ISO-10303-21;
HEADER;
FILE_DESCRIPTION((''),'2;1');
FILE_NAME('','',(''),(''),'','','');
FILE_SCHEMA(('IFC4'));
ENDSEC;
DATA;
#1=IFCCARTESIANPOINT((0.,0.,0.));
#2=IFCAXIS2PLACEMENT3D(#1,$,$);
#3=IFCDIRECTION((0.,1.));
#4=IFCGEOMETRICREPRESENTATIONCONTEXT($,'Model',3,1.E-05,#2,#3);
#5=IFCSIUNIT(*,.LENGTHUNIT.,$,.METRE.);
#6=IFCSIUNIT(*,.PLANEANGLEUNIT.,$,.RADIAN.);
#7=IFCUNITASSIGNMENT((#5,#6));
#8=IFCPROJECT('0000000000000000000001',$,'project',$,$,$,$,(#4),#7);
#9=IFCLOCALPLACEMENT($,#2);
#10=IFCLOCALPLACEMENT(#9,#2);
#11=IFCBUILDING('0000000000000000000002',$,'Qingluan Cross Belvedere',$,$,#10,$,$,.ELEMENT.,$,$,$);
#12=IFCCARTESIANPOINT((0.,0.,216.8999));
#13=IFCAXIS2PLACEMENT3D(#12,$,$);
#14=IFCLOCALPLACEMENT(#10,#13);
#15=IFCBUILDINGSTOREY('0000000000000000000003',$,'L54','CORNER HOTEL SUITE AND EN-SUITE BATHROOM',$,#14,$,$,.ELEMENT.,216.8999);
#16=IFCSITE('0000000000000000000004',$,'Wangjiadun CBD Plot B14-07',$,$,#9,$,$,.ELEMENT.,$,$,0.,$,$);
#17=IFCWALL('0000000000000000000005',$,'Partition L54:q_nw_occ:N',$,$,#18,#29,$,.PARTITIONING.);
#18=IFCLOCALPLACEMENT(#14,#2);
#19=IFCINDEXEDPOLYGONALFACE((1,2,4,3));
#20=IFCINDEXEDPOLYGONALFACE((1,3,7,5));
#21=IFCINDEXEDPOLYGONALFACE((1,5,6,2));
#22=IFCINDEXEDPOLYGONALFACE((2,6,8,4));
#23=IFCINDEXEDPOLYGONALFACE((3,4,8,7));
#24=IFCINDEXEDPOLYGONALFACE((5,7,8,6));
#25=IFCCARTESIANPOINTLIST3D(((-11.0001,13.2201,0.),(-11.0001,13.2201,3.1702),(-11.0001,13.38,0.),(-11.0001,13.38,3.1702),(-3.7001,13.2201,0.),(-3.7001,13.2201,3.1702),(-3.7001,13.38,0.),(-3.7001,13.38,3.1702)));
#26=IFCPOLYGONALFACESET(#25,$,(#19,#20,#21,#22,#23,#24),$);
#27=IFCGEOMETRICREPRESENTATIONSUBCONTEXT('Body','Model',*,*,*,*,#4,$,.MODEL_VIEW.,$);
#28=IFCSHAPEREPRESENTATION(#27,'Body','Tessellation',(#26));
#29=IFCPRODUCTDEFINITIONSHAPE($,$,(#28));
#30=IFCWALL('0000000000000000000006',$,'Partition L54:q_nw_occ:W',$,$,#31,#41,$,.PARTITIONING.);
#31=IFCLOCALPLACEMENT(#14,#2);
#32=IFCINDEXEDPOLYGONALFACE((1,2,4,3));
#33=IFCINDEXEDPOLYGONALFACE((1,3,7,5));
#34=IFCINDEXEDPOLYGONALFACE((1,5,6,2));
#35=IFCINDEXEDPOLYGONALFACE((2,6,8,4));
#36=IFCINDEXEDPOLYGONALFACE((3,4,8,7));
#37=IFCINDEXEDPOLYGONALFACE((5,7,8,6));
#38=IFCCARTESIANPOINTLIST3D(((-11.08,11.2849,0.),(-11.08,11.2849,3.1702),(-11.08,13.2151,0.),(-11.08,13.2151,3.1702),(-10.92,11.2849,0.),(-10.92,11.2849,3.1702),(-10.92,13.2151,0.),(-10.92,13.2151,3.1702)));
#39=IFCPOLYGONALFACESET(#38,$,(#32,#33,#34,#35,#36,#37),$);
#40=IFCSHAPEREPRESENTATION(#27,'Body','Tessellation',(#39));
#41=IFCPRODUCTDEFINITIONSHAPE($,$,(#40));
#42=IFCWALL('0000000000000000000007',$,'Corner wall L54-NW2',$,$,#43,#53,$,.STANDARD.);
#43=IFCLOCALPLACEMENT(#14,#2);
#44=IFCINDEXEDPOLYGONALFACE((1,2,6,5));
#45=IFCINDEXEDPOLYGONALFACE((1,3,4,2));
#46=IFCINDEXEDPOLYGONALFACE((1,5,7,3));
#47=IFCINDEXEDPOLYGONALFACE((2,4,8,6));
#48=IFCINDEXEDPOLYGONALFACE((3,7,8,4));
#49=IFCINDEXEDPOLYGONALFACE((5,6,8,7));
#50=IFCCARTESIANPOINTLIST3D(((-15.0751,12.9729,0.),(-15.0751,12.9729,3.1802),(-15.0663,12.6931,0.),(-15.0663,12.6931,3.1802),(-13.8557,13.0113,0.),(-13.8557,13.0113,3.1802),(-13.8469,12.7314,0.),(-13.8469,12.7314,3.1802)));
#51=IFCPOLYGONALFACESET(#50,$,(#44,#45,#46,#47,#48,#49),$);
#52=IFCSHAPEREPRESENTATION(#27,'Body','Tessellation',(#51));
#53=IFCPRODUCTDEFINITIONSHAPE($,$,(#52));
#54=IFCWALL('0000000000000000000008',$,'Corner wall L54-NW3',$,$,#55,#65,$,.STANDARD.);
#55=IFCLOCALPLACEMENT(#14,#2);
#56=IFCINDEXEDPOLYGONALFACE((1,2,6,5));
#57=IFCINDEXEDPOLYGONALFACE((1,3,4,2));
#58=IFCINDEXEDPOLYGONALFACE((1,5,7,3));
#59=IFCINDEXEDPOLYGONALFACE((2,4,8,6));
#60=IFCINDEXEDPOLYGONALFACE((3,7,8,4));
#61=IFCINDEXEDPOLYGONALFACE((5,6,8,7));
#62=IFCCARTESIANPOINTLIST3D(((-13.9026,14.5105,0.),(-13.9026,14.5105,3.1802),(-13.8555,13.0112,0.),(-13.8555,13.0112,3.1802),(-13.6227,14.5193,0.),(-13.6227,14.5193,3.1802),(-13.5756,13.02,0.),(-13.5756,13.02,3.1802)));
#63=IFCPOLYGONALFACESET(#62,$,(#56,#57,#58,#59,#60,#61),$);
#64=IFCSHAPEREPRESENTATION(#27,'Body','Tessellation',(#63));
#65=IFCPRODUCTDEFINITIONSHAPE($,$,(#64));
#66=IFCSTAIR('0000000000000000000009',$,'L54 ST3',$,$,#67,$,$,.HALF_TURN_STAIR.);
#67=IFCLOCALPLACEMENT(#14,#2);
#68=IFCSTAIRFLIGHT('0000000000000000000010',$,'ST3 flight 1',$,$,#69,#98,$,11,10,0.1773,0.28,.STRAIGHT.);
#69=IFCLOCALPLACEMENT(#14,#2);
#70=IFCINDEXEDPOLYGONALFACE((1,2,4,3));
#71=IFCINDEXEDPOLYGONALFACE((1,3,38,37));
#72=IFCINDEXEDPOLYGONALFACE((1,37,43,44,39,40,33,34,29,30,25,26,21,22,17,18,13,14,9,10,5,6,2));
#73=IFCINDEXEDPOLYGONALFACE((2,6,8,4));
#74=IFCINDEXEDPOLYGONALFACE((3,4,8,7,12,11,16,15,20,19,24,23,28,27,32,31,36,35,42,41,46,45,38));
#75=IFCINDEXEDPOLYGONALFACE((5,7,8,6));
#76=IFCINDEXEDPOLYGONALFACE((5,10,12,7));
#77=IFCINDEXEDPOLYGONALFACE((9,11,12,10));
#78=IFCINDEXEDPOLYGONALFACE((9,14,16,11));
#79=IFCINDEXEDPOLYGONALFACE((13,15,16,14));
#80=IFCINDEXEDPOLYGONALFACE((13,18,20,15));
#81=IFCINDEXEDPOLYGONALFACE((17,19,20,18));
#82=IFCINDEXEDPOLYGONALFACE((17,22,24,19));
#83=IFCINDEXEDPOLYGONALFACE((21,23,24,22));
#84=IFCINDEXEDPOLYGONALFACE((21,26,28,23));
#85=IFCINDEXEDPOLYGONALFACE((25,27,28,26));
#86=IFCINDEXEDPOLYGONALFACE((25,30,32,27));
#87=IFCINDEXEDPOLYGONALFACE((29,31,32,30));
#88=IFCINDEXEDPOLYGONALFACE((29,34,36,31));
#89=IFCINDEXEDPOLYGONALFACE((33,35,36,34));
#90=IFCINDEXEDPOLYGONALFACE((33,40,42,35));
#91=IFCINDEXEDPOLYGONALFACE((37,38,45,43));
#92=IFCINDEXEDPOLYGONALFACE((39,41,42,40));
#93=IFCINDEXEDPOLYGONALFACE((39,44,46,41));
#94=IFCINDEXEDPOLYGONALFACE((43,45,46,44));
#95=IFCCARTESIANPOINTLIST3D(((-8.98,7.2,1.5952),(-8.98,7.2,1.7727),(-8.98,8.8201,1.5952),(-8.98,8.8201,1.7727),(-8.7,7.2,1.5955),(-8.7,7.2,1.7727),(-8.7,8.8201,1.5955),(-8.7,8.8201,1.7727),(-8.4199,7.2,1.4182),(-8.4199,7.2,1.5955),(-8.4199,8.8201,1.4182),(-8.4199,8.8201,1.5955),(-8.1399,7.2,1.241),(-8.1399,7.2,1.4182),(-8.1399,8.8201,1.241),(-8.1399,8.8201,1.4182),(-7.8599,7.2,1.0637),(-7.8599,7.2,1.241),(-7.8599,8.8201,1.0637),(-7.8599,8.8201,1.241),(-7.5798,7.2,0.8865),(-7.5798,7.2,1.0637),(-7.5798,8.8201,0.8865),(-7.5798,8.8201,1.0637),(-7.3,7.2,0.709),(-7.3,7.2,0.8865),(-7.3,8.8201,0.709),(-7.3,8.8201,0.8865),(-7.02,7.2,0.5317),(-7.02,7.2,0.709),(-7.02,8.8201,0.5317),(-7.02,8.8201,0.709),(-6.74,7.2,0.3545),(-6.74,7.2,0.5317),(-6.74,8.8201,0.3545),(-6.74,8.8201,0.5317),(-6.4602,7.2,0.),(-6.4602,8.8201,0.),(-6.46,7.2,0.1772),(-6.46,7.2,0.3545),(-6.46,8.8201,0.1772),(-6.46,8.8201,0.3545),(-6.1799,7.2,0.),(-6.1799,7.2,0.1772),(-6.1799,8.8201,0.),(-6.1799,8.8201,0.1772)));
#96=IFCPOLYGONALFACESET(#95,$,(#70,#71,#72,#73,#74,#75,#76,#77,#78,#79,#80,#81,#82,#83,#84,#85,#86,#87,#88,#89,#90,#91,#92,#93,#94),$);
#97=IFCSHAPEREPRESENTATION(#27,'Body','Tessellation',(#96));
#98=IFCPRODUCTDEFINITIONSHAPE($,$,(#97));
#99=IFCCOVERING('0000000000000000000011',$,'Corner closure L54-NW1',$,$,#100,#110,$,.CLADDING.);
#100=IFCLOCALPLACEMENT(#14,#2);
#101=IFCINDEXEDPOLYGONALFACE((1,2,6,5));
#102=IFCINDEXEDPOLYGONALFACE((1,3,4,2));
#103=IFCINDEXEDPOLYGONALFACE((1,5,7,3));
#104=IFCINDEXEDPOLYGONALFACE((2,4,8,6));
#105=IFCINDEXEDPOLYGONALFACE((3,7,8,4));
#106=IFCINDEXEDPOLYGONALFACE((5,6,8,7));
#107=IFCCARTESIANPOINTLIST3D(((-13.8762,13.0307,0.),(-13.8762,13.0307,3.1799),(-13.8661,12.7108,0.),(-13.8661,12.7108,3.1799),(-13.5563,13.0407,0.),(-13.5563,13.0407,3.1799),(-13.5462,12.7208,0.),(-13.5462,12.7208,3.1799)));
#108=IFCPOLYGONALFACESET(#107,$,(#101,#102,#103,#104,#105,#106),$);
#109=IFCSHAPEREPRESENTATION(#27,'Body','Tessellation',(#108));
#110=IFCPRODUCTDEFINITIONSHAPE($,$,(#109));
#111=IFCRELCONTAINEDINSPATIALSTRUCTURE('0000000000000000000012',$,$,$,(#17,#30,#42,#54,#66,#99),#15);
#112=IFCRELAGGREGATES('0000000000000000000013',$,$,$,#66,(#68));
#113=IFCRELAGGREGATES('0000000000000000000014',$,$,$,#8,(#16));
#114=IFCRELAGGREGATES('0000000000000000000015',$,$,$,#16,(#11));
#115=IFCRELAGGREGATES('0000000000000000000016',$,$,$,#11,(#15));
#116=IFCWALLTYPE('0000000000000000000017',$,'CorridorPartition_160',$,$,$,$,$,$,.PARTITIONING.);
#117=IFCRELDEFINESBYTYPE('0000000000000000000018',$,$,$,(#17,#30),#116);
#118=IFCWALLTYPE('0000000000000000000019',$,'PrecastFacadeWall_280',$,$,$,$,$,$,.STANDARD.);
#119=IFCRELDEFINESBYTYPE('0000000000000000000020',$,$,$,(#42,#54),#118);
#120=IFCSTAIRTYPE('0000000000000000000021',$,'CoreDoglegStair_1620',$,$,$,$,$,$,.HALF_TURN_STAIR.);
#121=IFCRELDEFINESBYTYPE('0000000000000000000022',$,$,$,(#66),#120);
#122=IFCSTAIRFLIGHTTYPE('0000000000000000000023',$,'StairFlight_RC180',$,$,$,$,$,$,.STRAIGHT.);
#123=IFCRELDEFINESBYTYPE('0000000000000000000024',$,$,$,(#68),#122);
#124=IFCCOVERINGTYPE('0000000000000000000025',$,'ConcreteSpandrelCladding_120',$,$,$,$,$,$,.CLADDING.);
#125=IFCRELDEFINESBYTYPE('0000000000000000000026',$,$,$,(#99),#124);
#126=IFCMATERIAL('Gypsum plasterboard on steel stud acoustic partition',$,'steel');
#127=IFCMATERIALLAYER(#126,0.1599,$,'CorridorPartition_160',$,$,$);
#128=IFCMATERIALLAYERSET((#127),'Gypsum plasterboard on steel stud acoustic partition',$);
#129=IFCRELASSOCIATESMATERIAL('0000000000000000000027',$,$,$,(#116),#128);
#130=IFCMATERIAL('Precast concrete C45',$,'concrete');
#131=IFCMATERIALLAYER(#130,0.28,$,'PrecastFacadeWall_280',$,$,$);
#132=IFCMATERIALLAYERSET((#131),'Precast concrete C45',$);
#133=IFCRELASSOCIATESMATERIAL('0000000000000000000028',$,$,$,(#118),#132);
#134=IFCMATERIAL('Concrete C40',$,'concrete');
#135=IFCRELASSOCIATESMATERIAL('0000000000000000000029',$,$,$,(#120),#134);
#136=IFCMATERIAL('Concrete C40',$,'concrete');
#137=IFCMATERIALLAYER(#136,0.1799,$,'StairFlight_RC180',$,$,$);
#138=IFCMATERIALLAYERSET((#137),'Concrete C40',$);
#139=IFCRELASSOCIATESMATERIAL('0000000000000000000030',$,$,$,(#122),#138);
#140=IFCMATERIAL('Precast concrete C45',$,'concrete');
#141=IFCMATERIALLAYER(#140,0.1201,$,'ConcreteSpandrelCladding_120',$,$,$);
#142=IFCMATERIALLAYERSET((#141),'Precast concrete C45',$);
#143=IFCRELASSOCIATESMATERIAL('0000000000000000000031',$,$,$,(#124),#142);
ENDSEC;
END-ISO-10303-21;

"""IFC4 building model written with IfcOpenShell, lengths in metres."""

from ifc_helpers import new_model, si_unit, direction, frame, frame_2d, origin, origin_2d, place, context, subcontext, project, spatial, polyline, rectangle, outline, extrude, material, layer, layer_set, type_object, element, aggregate, save


model = new_model("IFC4")

# Units and contexts
model_context = context("Model", 3, precision=1e-05, world=origin(), true_north=direction((0.0, 1.0)))
body_context = subcontext(model_context, "Body", "Model", "MODEL_VIEW")
ifc_project = project(units=[si_unit("LENGTHUNIT", "METRE"), si_unit("PLANEANGLEUNIT", "RADIAN")], contexts=[model_context])

# Site, building, storey
site_placement = place(None, origin())
site = spatial("IfcSite", under=ifc_project, at=site_placement, Name="Wangjiadun CBD Plot B14-07", CompositionType="ELEMENT", RefElevation=0.0)
building_placement = place(site_placement, origin())
building = spatial("IfcBuilding", under=site, at=building_placement, Name="Qingluan Cross Belvedere", CompositionType="ELEMENT")
storey_placement = place(building_placement, frame((0.0, 0.0, 216.8999)))
storey = spatial("IfcBuildingStorey", under=building, at=storey_placement, Name="L54", Description="CORNER HOTEL SUITE AND EN-SUITE BATHROOM", CompositionType="ELEMENT", Elevation=216.8999)

# Shared definitions
ifc_material_1 = material(Name="Gypsum plasterboard on steel stud acoustic partition", Category="steel")
ifc_layer_1 = layer(ifc_material_1, 0.1599, Name="CorridorPartition_160")
ifc_layer_set_1 = layer_set([ifc_layer_1], Name="Gypsum plasterboard on steel stud acoustic partition")
wall_type_1 = type_object("IfcWallType", Name="CorridorPartition_160", PredefinedType="PARTITIONING", material=ifc_layer_set_1)

# Walls
wall_1_placement = place(storey_placement, frame((-11.0, 13.3, 0.0), z_axis=(0.0, 0.0, 1.0), x_axis=(1.0, 0.0, 0.0)))
element("IfcWall", 1, at=wall_1_placement, inside=storey, type_object=wall_type_1, Name="Partition L54:q_nw_occ:N", PredefinedType="PARTITIONING", context=body_context, shape_type="SweptSolid", body=[
    extrude(rectangle(XDim=7.3, YDim=0.1599, at=frame_2d((3.6499, 0.0))), origin(), (0.0, 0.0, 1.0), 3.1702),
])
wall_2_placement = place(storey_placement, frame((-11.0, 11.2849, 0.0), z_axis=(0.0, 0.0, 1.0), x_axis=(0.0, 1.0, 0.0)))
element("IfcWall", 2, at=wall_2_placement, inside=storey, type_object=wall_type_1, Name="Partition L54:q_nw_occ:W", PredefinedType="PARTITIONING", context=body_context, shape_type="SweptSolid", body=[
    extrude(rectangle(XDim=1.9302, YDim=0.1599, at=frame_2d((0.9651, 0.0))), origin(), (0.0, 0.0, 1.0), 3.1702),
])
ifc_material_2 = material(Name="Precast concrete C45", Category="concrete")
ifc_layer_2 = layer(ifc_material_2, 0.28, Name="PrecastFacadeWall_280")
ifc_layer_set_2 = layer_set([ifc_layer_2], Name="Precast concrete C45")
wall_type_2 = type_object("IfcWallType", Name="PrecastFacadeWall_280", PredefinedType="STANDARD", material=ifc_layer_set_2)
wall_3_placement = place(storey_placement, frame((-15.0706, 12.833, 0.0), z_axis=(0.0, 0.0, 1.0), x_axis=(0.999506, 0.031416, 0.0)))
element("IfcWall", 3, at=wall_3_placement, inside=storey, type_object=wall_type_2, Name="Corner wall L54-NW2", PredefinedType="STANDARD", context=body_context, shape_type="SweptSolid", body=[
    extrude(rectangle(XDim=1.22, YDim=0.28, at=frame_2d((0.6099, 0.0))), origin(), (0.0, 0.0, 1.0), 3.1802),
])
wall_4_placement = place(storey_placement, frame((-13.7156, 13.0156, 0.0), z_axis=(0.0, 0.0, 1.0), x_axis=(-0.031413, 0.999507, 0.0)))
element("IfcWall", 4, at=wall_4_placement, inside=storey, type_object=wall_type_2, Name="Corner wall L54-NW3", PredefinedType="STANDARD", context=body_context, shape_type="SweptSolid", body=[
    extrude(rectangle(XDim=1.5, YDim=0.28, at=frame_2d((0.75, 0.0))), origin(), (0.0, 0.0, 1.0), 3.1802),
])

# Stair, stair flight
ifc_material_3 = material(Name="Concrete C40", Category="concrete")
stair_type = type_object("IfcStairType", Name="CoreDoglegStair_1620", PredefinedType="HALF_TURN_STAIR", material=ifc_material_3)
stair_placement = place(storey_placement, origin())
stair = element("IfcStair", 5, at=stair_placement, inside=storey, type_object=stair_type, Name="L54 ST3", PredefinedType="HALF_TURN_STAIR")
ifc_material_4 = material(Name="Concrete C40", Category="concrete")
ifc_layer_3 = layer(ifc_material_4, 0.1799, Name="StairFlight_RC180")
ifc_layer_set_3 = layer_set([ifc_layer_3], Name="Concrete C40")
stair_flight_type = type_object("IfcStairFlightType", Name="StairFlight_RC180", PredefinedType="STRAIGHT", material=ifc_layer_set_3)
stair_flight_placement = place(storey_placement, frame((-6.1799, 8.01, 0.0), z_axis=(0.0, 0.0, 1.0), x_axis=(-1.0, 0.0, 0.0)))
stair_flight = element("IfcStairFlight", 6, at=stair_flight_placement, type_object=stair_flight_type, Name="ST3 flight 1", NumberOfRisers=11, NumberOfTreads=10, PredefinedType="STRAIGHT", RiserHeight=0.1773, TreadLength=0.28, context=body_context, shape_type="SweptSolid", body=[
    extrude(outline(polyline([(0.0, 0.0), (0.0, 0.1772), (0.28, 0.1772), (0.28, 0.3545), (0.5601, 0.3545), (0.5601, 0.5317), (0.8401, 0.5317), (0.8401, 0.709), (1.1201, 0.709), (1.1201, 0.8865), (1.3999, 0.8865), (1.3999, 1.0637), (1.6799, 1.0637), (1.6799, 1.241), (1.96, 1.241), (1.96, 1.4182), (2.24, 1.4182), (2.24, 1.5955), (2.52, 1.5955), (2.52, 1.7727), (2.8, 1.7727), (2.8, 1.95), (2.8, 1.5952), (0.2803, 0.0), (0.0, 0.0)])), frame((0.0, 0.8101, 0.0), z_axis=(0.0, -1.0, 0.0), x_axis=(1.0, 0.0, 0.0)), (0.0, 0.0, 1.0), 1.6201),
])
aggregate(stair, [stair_flight])

# Covering
ifc_material_5 = material(Name="Precast concrete C45", Category="concrete")
ifc_layer_4 = layer(ifc_material_5, 0.1201, Name="ConcreteSpandrelCladding_120")
ifc_layer_set_4 = layer_set([ifc_layer_4], Name="Precast concrete C45")
covering_type = type_object("IfcCoveringType", Name="ConcreteSpandrelCladding_120", PredefinedType="CLADDING", material=ifc_layer_set_4)
covering_placement = place(storey_placement, frame((-13.7112, 12.8757, 0.0), z_axis=(0.0, 0.0, 1.0), x_axis=(0.999507, 0.031411, 0.0)))
element("IfcCovering", 7, at=covering_placement, inside=storey, type_object=covering_type, Name="Corner closure L54-NW1", PredefinedType="CLADDING", context=body_context, shape_type="SweptSolid", body=[
    extrude(rectangle(XDim=0.3201, YDim=0.3201, at=origin_2d()), origin(), (0.0, 0.0, 1.0), 3.1799),
])

save(model, "model.ifc")
